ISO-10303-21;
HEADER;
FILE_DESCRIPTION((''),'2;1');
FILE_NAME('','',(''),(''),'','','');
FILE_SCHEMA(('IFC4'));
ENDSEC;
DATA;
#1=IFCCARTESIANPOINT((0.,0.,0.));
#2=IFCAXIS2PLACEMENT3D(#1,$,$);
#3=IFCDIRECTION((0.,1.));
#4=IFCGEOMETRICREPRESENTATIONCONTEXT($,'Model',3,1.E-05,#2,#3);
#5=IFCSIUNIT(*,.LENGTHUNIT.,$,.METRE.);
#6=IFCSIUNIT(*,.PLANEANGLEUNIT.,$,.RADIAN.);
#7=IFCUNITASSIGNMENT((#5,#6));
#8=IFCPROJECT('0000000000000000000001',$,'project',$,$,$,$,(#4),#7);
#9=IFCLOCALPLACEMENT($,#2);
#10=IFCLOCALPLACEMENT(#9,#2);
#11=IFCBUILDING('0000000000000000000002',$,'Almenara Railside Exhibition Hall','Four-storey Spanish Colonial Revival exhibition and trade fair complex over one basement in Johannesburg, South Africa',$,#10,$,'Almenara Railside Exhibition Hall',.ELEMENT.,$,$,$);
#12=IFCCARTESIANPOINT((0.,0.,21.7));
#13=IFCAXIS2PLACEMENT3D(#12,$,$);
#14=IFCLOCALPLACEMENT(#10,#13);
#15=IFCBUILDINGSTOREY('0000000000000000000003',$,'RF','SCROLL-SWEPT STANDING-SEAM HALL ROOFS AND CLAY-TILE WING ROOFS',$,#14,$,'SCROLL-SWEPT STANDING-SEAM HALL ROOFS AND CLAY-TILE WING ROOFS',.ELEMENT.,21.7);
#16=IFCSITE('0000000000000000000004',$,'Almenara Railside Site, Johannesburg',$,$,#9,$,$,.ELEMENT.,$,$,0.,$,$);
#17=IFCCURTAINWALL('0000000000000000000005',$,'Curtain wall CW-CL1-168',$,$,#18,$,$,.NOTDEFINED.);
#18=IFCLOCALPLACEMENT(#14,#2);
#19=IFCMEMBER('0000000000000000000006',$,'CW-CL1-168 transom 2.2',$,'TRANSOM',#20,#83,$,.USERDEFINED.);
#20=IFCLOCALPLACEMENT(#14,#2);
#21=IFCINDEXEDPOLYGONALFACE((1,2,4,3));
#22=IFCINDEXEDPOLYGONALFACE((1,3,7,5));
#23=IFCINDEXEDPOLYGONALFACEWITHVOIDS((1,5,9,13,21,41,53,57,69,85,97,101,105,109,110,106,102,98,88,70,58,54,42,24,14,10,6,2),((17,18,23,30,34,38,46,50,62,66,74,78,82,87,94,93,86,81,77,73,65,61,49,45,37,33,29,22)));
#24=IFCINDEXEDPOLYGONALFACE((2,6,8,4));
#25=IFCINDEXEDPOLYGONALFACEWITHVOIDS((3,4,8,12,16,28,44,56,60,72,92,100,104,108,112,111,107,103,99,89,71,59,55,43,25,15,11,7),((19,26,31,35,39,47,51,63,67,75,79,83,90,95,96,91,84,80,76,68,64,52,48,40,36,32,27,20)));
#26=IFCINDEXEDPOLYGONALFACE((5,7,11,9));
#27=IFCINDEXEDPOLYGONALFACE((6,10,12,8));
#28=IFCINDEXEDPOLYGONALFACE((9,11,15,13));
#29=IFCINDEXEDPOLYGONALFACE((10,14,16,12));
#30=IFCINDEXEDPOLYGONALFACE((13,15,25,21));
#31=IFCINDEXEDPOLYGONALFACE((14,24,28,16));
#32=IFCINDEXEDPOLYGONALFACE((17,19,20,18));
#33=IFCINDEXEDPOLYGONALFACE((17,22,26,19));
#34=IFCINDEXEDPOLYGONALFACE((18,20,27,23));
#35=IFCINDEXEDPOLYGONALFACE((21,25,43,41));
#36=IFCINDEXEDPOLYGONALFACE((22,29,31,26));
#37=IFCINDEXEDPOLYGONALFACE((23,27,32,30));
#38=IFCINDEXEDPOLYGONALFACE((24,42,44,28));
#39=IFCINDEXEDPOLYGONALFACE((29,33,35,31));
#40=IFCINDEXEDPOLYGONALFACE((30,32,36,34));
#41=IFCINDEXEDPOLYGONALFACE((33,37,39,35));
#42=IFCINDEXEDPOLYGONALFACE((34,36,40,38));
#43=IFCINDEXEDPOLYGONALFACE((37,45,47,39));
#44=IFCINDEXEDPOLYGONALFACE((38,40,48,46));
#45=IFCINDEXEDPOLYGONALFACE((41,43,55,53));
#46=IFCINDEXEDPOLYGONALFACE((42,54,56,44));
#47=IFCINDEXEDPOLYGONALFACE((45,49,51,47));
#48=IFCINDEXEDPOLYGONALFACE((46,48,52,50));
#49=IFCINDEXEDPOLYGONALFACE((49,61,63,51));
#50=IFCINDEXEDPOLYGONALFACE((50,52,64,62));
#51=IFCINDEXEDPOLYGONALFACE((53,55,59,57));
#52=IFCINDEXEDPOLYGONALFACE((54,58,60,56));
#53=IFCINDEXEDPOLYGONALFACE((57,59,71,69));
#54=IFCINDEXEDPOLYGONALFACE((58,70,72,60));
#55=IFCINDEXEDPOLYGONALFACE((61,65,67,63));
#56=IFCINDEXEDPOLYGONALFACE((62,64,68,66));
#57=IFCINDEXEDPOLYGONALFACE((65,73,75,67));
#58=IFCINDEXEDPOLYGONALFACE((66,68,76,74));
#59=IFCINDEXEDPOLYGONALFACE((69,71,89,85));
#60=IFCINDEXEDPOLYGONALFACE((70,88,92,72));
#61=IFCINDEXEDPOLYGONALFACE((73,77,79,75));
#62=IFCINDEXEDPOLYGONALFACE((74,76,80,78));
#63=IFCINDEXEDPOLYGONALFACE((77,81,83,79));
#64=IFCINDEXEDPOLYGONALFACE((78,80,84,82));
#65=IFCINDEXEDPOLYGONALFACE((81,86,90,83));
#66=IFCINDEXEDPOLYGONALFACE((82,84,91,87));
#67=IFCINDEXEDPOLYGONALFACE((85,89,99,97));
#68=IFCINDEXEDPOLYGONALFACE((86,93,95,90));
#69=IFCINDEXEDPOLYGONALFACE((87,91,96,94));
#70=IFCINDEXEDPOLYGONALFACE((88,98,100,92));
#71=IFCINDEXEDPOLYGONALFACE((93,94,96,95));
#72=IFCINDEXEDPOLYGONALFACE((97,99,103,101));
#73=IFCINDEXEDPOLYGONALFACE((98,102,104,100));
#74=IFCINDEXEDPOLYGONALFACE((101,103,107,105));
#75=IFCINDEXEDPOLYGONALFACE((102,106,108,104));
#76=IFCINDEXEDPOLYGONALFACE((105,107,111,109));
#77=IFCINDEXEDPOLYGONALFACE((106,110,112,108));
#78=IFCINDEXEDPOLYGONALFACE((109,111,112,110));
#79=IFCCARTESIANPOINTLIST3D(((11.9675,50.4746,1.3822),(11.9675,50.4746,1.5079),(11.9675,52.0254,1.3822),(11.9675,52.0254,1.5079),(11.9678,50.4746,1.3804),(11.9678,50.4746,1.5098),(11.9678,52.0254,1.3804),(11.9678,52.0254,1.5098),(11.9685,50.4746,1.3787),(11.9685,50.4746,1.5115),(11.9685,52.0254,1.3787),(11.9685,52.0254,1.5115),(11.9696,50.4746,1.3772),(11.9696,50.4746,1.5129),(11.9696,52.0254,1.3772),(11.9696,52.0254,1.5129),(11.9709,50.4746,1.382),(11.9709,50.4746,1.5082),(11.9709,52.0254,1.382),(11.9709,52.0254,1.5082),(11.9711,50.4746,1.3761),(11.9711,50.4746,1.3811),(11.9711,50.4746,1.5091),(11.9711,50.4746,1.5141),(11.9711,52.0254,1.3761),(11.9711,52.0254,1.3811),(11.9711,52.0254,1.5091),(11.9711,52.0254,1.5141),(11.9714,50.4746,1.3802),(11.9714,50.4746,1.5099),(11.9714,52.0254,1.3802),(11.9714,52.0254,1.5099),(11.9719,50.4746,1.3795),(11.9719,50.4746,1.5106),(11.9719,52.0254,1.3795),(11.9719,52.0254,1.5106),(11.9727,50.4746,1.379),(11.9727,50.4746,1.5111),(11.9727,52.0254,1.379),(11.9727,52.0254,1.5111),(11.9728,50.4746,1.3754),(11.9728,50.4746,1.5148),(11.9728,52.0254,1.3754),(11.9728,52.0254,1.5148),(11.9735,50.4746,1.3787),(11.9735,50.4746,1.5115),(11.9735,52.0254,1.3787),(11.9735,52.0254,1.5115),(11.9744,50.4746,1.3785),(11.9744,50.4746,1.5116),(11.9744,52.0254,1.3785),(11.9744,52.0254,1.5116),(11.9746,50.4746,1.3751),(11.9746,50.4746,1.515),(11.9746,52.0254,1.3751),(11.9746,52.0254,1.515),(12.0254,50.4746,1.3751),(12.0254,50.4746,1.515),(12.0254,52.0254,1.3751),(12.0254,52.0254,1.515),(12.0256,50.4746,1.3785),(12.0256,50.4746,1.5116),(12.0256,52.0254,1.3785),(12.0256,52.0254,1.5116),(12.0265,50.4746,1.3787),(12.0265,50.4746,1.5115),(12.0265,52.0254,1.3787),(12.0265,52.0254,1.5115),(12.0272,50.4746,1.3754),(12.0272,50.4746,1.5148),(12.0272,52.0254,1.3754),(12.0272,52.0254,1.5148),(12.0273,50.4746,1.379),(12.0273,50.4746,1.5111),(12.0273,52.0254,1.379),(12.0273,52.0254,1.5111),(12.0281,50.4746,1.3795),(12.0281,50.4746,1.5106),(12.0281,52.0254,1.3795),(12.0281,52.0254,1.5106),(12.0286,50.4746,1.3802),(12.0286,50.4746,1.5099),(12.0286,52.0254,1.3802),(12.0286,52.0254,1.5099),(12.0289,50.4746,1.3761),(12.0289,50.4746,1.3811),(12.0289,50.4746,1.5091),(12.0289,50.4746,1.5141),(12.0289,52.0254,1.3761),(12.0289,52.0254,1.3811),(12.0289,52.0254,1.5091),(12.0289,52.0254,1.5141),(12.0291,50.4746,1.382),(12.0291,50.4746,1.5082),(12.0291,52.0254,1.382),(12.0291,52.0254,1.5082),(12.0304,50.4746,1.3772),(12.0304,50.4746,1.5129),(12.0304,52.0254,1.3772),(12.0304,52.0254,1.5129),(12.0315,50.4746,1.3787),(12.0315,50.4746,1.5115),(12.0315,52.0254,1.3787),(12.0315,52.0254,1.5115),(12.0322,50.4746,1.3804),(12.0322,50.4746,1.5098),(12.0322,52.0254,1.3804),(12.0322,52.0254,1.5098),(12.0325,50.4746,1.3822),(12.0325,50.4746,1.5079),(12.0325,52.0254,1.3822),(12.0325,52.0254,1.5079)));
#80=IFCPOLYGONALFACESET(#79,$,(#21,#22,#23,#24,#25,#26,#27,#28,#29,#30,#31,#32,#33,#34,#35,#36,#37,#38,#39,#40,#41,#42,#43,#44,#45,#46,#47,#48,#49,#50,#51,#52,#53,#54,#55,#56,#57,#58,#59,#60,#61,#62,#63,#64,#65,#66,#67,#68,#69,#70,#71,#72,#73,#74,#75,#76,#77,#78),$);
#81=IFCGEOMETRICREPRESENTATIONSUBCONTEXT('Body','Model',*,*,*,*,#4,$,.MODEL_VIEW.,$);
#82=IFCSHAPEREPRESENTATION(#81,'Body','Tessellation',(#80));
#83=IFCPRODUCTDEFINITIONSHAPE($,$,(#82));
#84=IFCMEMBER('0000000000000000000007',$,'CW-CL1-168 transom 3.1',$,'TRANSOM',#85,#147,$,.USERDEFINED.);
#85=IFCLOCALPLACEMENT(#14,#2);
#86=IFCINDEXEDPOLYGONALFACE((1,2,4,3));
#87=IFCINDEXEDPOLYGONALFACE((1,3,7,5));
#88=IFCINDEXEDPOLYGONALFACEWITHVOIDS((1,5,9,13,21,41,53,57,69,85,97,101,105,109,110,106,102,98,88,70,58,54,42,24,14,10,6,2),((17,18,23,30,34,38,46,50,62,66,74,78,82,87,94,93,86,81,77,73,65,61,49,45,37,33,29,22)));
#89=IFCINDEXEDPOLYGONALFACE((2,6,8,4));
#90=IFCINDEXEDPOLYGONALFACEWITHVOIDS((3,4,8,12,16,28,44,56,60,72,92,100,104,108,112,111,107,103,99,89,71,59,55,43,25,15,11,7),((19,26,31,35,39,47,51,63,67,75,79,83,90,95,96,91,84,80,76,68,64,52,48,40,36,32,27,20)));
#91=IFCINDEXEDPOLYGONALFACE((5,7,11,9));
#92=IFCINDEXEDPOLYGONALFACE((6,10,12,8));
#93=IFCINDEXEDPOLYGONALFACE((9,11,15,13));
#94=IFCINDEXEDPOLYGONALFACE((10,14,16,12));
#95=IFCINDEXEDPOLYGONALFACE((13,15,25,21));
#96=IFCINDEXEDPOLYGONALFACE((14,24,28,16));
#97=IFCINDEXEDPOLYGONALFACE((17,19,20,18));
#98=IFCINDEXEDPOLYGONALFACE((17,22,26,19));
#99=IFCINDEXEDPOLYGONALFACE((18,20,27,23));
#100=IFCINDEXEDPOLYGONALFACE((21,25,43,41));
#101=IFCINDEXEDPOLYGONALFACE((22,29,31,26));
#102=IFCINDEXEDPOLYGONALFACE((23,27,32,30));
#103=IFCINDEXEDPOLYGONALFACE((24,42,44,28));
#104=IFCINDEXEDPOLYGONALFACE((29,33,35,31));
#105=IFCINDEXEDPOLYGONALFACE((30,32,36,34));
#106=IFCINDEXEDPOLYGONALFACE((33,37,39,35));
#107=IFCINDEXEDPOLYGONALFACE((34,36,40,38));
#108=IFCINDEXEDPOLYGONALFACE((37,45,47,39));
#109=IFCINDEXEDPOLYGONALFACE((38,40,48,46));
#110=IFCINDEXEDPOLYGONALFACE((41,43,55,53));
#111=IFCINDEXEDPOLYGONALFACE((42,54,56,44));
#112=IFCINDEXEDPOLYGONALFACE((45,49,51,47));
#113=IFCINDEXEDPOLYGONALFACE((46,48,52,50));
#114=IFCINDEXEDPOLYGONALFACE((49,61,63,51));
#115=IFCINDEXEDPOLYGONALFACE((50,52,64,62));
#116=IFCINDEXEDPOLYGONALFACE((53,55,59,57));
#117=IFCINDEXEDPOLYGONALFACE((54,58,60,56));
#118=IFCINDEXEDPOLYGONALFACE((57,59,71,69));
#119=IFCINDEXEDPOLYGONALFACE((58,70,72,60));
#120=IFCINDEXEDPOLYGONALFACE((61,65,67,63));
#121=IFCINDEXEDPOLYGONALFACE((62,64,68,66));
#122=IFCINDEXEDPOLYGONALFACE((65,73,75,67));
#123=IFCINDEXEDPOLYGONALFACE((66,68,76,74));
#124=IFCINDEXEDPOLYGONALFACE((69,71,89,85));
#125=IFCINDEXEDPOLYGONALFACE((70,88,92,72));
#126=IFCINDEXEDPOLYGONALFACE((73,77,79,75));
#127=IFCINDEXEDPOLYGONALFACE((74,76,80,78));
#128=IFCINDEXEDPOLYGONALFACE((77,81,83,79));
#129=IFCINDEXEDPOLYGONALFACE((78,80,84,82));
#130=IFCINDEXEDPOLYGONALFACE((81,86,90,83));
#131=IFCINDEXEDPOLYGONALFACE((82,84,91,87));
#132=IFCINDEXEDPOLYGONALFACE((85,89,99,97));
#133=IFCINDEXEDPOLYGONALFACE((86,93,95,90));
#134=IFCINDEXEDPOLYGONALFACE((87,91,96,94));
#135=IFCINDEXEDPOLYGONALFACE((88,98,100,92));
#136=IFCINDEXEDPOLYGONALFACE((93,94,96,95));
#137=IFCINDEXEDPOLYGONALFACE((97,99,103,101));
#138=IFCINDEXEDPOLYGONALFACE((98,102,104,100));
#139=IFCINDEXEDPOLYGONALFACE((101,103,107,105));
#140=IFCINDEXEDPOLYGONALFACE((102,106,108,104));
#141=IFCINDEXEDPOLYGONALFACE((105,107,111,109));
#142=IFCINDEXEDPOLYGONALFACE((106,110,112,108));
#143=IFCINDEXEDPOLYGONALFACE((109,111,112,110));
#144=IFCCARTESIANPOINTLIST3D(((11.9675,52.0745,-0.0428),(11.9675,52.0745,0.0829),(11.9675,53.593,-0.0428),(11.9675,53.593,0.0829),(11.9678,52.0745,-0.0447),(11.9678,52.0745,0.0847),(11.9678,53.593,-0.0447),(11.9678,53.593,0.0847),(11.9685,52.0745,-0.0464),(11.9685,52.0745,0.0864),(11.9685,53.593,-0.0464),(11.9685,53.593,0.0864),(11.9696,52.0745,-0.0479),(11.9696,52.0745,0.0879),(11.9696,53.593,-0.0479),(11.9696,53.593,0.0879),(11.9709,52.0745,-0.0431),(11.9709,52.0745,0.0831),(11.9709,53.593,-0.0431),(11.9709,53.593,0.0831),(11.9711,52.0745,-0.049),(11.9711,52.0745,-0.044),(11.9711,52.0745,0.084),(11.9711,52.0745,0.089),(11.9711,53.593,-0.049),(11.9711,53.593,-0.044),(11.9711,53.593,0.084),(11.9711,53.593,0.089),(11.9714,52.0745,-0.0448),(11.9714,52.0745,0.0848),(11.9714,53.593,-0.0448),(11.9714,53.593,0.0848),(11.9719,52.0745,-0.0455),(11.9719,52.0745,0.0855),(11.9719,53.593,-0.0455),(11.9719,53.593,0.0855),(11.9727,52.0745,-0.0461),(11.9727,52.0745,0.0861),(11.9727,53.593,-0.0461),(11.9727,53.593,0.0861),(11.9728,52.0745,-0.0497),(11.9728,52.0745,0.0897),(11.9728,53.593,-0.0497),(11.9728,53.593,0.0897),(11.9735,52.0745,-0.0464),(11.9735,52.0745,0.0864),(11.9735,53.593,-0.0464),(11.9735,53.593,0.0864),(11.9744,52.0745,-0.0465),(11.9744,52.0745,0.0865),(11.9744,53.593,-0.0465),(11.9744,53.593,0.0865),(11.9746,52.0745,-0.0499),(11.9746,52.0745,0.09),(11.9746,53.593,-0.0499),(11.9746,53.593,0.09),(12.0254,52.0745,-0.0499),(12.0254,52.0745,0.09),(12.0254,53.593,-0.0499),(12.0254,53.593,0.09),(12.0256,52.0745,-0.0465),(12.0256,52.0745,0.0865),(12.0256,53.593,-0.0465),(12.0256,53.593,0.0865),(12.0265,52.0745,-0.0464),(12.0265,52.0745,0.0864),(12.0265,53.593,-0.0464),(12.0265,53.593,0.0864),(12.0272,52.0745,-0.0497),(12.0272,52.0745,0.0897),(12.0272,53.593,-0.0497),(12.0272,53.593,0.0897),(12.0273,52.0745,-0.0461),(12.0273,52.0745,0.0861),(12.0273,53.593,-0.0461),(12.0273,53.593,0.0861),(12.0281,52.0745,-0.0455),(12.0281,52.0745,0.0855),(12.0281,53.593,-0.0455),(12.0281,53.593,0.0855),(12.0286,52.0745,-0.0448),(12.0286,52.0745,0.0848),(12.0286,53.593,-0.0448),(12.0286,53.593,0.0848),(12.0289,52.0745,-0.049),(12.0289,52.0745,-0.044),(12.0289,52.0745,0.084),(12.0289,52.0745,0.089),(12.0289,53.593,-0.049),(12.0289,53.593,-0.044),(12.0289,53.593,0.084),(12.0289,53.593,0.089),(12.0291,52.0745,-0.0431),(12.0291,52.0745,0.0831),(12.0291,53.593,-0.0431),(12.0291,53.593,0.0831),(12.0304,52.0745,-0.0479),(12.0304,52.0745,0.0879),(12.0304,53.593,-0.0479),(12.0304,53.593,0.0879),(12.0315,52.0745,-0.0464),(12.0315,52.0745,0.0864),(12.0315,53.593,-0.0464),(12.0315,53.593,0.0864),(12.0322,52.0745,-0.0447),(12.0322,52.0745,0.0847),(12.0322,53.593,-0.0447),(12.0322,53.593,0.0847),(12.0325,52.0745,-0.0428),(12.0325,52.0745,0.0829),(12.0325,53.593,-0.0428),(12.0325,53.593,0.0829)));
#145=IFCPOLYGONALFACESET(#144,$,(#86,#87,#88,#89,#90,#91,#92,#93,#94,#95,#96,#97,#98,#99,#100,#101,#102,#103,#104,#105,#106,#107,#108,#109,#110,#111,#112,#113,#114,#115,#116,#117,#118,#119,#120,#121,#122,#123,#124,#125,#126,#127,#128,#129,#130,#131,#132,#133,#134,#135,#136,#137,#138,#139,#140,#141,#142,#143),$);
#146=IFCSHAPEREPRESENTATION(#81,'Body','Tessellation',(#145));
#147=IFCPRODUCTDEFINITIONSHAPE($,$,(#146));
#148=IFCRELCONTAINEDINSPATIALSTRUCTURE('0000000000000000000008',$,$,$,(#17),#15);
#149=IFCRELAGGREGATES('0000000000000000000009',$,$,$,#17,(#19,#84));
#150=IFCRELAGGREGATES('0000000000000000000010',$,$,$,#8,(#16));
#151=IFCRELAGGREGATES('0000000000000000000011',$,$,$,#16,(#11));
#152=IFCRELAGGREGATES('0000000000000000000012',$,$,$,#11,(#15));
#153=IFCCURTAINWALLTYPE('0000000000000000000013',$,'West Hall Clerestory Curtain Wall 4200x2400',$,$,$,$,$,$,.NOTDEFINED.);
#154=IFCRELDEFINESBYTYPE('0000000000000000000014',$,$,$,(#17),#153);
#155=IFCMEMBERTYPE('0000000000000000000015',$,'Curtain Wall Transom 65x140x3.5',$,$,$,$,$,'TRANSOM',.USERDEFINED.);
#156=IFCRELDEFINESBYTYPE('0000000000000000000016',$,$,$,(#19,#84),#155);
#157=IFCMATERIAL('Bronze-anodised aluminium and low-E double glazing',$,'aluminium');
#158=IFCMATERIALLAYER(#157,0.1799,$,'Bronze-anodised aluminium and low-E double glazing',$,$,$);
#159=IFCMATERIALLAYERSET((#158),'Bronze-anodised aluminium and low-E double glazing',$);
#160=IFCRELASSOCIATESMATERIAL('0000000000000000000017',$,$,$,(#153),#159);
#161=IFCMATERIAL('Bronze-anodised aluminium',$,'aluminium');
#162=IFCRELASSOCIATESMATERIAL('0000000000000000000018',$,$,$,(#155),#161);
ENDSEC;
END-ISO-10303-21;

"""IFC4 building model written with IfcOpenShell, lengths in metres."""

from ifc_helpers import new_model, si_unit, direction, frame, origin, origin_2d, place, context, subcontext, project, spatial, hollow_rectangle, extrude, material, layer, layer_set, material_profile, profile_set, type_object, element, aggregate, save


model = new_model("IFC4")

# Units and contexts
model_context = context("Model", 3, precision=1e-05, world=origin(), true_north=direction((0.0, 1.0)))
body_context = subcontext(model_context, "Body", "Model", "MODEL_VIEW")
ifc_project = project(units=[si_unit("LENGTHUNIT", "METRE"), si_unit("PLANEANGLEUNIT", "RADIAN")], contexts=[model_context])

# Site, building, storey
site_placement = place(None, origin())
site = spatial("IfcSite", under=ifc_project, at=site_placement, Name="Almenara Railside Site, Johannesburg", CompositionType="ELEMENT", RefElevation=0.0)
building_placement = place(site_placement, origin())
building = spatial("IfcBuilding", under=site, at=building_placement, Name="Almenara Railside Exhibition Hall", Description="Four-storey Spanish Colonial Revival exhibition and trade fair complex over one basement in Johannesburg, South Africa", LongName="Almenara Railside Exhibition Hall", CompositionType="ELEMENT")
storey_placement = place(building_placement, frame((0.0, 0.0, 21.7)))
storey = spatial("IfcBuildingStorey", under=building, at=storey_placement, Name="RF", Description="SCROLL-SWEPT STANDING-SEAM HALL ROOFS AND CLAY-TILE WING ROOFS", LongName="SCROLL-SWEPT STANDING-SEAM HALL ROOFS AND CLAY-TILE WING ROOFS", CompositionType="ELEMENT", Elevation=21.7)

# Shared definitions
ifc_material_1 = material(Name="Bronze-anodised aluminium and low-E double glazing", Category="aluminium")
ifc_layer_1 = layer(ifc_material_1, 0.1799, Name="Bronze-anodised aluminium and low-E double glazing")
ifc_layer_set_1 = layer_set([ifc_layer_1], Name="Bronze-anodised aluminium and low-E double glazing")
curtain_wall_type_1 = type_object("IfcCurtainWallType", Name="West Hall Clerestory Curtain Wall 4200x2400", PredefinedType="NOTDEFINED", material=ifc_layer_set_1)
ifc_material_2 = material(Name="Bronze-anodised aluminium", Category="aluminium")

# Curtain wall
curtain_wall_1_placement = place(storey_placement, origin())
curtain_wall_1 = element("IfcCurtainWall", 1, at=curtain_wall_1_placement, inside=storey, type_object=curtain_wall_type_1, Name="Curtain wall CW-CL1-168", PredefinedType="NOTDEFINED")

# Members
ifc_material_profile_1 = material_profile(ifc_material_2, hollow_rectangle(XDim=0.0649, YDim=0.1399, WallThickness=0.0034, InnerFilletRadius=0.0034, OuterFilletRadius=0.0071, at=origin_2d()), Name="ALU-TRN 65x140x3.5")
ifc_profile_set_1 = profile_set([ifc_material_profile_1], Name="Bronze-anodised aluminium")
member_type_1 = type_object("IfcMemberType", Name="Curtain Wall Transom 65x140x3.5", ElementType="TRANSOM", PredefinedType="USERDEFINED", material=ifc_profile_set_1)
member_1_placement = place(storey_placement, frame((12.0, 50.4746, 1.4451), z_axis=(0.0, 1.0, 0.0), x_axis=(-1.0, 0.0, 0.0)))
member_1 = element("IfcMember", 2, at=member_1_placement, type_object=member_type_1, Name="CW-CL1-168 transom 2.2", ObjectType="TRANSOM", PredefinedType="USERDEFINED", context=body_context, shape_type="SweptSolid", body=[
    extrude(hollow_rectangle(XDim=0.0649, YDim=0.1399, WallThickness=0.0034, InnerFilletRadius=0.0034, OuterFilletRadius=0.0071, at=origin_2d()), origin(), (0.0, 0.0, 1.0), 1.5508),
])
member_2_placement = place(storey_placement, frame((12.0, 52.0745, 0.02), z_axis=(0.0, 1.0, 0.0), x_axis=(-1.0, 0.0, 0.0)))
member_2 = element("IfcMember", 3, at=member_2_placement, type_object=member_type_1, Name="CW-CL1-168 transom 3.1", ObjectType="TRANSOM", PredefinedType="USERDEFINED", context=body_context, shape_type="SweptSolid", body=[
    extrude(hollow_rectangle(XDim=0.0649, YDim=0.1399, WallThickness=0.0034, InnerFilletRadius=0.0034, OuterFilletRadius=0.0071, at=origin_2d()), origin(), (0.0, 0.0, 1.0), 1.5186),
])

aggregate(curtain_wall_1, [member_1, member_2])

save(model, "model.ifc")
